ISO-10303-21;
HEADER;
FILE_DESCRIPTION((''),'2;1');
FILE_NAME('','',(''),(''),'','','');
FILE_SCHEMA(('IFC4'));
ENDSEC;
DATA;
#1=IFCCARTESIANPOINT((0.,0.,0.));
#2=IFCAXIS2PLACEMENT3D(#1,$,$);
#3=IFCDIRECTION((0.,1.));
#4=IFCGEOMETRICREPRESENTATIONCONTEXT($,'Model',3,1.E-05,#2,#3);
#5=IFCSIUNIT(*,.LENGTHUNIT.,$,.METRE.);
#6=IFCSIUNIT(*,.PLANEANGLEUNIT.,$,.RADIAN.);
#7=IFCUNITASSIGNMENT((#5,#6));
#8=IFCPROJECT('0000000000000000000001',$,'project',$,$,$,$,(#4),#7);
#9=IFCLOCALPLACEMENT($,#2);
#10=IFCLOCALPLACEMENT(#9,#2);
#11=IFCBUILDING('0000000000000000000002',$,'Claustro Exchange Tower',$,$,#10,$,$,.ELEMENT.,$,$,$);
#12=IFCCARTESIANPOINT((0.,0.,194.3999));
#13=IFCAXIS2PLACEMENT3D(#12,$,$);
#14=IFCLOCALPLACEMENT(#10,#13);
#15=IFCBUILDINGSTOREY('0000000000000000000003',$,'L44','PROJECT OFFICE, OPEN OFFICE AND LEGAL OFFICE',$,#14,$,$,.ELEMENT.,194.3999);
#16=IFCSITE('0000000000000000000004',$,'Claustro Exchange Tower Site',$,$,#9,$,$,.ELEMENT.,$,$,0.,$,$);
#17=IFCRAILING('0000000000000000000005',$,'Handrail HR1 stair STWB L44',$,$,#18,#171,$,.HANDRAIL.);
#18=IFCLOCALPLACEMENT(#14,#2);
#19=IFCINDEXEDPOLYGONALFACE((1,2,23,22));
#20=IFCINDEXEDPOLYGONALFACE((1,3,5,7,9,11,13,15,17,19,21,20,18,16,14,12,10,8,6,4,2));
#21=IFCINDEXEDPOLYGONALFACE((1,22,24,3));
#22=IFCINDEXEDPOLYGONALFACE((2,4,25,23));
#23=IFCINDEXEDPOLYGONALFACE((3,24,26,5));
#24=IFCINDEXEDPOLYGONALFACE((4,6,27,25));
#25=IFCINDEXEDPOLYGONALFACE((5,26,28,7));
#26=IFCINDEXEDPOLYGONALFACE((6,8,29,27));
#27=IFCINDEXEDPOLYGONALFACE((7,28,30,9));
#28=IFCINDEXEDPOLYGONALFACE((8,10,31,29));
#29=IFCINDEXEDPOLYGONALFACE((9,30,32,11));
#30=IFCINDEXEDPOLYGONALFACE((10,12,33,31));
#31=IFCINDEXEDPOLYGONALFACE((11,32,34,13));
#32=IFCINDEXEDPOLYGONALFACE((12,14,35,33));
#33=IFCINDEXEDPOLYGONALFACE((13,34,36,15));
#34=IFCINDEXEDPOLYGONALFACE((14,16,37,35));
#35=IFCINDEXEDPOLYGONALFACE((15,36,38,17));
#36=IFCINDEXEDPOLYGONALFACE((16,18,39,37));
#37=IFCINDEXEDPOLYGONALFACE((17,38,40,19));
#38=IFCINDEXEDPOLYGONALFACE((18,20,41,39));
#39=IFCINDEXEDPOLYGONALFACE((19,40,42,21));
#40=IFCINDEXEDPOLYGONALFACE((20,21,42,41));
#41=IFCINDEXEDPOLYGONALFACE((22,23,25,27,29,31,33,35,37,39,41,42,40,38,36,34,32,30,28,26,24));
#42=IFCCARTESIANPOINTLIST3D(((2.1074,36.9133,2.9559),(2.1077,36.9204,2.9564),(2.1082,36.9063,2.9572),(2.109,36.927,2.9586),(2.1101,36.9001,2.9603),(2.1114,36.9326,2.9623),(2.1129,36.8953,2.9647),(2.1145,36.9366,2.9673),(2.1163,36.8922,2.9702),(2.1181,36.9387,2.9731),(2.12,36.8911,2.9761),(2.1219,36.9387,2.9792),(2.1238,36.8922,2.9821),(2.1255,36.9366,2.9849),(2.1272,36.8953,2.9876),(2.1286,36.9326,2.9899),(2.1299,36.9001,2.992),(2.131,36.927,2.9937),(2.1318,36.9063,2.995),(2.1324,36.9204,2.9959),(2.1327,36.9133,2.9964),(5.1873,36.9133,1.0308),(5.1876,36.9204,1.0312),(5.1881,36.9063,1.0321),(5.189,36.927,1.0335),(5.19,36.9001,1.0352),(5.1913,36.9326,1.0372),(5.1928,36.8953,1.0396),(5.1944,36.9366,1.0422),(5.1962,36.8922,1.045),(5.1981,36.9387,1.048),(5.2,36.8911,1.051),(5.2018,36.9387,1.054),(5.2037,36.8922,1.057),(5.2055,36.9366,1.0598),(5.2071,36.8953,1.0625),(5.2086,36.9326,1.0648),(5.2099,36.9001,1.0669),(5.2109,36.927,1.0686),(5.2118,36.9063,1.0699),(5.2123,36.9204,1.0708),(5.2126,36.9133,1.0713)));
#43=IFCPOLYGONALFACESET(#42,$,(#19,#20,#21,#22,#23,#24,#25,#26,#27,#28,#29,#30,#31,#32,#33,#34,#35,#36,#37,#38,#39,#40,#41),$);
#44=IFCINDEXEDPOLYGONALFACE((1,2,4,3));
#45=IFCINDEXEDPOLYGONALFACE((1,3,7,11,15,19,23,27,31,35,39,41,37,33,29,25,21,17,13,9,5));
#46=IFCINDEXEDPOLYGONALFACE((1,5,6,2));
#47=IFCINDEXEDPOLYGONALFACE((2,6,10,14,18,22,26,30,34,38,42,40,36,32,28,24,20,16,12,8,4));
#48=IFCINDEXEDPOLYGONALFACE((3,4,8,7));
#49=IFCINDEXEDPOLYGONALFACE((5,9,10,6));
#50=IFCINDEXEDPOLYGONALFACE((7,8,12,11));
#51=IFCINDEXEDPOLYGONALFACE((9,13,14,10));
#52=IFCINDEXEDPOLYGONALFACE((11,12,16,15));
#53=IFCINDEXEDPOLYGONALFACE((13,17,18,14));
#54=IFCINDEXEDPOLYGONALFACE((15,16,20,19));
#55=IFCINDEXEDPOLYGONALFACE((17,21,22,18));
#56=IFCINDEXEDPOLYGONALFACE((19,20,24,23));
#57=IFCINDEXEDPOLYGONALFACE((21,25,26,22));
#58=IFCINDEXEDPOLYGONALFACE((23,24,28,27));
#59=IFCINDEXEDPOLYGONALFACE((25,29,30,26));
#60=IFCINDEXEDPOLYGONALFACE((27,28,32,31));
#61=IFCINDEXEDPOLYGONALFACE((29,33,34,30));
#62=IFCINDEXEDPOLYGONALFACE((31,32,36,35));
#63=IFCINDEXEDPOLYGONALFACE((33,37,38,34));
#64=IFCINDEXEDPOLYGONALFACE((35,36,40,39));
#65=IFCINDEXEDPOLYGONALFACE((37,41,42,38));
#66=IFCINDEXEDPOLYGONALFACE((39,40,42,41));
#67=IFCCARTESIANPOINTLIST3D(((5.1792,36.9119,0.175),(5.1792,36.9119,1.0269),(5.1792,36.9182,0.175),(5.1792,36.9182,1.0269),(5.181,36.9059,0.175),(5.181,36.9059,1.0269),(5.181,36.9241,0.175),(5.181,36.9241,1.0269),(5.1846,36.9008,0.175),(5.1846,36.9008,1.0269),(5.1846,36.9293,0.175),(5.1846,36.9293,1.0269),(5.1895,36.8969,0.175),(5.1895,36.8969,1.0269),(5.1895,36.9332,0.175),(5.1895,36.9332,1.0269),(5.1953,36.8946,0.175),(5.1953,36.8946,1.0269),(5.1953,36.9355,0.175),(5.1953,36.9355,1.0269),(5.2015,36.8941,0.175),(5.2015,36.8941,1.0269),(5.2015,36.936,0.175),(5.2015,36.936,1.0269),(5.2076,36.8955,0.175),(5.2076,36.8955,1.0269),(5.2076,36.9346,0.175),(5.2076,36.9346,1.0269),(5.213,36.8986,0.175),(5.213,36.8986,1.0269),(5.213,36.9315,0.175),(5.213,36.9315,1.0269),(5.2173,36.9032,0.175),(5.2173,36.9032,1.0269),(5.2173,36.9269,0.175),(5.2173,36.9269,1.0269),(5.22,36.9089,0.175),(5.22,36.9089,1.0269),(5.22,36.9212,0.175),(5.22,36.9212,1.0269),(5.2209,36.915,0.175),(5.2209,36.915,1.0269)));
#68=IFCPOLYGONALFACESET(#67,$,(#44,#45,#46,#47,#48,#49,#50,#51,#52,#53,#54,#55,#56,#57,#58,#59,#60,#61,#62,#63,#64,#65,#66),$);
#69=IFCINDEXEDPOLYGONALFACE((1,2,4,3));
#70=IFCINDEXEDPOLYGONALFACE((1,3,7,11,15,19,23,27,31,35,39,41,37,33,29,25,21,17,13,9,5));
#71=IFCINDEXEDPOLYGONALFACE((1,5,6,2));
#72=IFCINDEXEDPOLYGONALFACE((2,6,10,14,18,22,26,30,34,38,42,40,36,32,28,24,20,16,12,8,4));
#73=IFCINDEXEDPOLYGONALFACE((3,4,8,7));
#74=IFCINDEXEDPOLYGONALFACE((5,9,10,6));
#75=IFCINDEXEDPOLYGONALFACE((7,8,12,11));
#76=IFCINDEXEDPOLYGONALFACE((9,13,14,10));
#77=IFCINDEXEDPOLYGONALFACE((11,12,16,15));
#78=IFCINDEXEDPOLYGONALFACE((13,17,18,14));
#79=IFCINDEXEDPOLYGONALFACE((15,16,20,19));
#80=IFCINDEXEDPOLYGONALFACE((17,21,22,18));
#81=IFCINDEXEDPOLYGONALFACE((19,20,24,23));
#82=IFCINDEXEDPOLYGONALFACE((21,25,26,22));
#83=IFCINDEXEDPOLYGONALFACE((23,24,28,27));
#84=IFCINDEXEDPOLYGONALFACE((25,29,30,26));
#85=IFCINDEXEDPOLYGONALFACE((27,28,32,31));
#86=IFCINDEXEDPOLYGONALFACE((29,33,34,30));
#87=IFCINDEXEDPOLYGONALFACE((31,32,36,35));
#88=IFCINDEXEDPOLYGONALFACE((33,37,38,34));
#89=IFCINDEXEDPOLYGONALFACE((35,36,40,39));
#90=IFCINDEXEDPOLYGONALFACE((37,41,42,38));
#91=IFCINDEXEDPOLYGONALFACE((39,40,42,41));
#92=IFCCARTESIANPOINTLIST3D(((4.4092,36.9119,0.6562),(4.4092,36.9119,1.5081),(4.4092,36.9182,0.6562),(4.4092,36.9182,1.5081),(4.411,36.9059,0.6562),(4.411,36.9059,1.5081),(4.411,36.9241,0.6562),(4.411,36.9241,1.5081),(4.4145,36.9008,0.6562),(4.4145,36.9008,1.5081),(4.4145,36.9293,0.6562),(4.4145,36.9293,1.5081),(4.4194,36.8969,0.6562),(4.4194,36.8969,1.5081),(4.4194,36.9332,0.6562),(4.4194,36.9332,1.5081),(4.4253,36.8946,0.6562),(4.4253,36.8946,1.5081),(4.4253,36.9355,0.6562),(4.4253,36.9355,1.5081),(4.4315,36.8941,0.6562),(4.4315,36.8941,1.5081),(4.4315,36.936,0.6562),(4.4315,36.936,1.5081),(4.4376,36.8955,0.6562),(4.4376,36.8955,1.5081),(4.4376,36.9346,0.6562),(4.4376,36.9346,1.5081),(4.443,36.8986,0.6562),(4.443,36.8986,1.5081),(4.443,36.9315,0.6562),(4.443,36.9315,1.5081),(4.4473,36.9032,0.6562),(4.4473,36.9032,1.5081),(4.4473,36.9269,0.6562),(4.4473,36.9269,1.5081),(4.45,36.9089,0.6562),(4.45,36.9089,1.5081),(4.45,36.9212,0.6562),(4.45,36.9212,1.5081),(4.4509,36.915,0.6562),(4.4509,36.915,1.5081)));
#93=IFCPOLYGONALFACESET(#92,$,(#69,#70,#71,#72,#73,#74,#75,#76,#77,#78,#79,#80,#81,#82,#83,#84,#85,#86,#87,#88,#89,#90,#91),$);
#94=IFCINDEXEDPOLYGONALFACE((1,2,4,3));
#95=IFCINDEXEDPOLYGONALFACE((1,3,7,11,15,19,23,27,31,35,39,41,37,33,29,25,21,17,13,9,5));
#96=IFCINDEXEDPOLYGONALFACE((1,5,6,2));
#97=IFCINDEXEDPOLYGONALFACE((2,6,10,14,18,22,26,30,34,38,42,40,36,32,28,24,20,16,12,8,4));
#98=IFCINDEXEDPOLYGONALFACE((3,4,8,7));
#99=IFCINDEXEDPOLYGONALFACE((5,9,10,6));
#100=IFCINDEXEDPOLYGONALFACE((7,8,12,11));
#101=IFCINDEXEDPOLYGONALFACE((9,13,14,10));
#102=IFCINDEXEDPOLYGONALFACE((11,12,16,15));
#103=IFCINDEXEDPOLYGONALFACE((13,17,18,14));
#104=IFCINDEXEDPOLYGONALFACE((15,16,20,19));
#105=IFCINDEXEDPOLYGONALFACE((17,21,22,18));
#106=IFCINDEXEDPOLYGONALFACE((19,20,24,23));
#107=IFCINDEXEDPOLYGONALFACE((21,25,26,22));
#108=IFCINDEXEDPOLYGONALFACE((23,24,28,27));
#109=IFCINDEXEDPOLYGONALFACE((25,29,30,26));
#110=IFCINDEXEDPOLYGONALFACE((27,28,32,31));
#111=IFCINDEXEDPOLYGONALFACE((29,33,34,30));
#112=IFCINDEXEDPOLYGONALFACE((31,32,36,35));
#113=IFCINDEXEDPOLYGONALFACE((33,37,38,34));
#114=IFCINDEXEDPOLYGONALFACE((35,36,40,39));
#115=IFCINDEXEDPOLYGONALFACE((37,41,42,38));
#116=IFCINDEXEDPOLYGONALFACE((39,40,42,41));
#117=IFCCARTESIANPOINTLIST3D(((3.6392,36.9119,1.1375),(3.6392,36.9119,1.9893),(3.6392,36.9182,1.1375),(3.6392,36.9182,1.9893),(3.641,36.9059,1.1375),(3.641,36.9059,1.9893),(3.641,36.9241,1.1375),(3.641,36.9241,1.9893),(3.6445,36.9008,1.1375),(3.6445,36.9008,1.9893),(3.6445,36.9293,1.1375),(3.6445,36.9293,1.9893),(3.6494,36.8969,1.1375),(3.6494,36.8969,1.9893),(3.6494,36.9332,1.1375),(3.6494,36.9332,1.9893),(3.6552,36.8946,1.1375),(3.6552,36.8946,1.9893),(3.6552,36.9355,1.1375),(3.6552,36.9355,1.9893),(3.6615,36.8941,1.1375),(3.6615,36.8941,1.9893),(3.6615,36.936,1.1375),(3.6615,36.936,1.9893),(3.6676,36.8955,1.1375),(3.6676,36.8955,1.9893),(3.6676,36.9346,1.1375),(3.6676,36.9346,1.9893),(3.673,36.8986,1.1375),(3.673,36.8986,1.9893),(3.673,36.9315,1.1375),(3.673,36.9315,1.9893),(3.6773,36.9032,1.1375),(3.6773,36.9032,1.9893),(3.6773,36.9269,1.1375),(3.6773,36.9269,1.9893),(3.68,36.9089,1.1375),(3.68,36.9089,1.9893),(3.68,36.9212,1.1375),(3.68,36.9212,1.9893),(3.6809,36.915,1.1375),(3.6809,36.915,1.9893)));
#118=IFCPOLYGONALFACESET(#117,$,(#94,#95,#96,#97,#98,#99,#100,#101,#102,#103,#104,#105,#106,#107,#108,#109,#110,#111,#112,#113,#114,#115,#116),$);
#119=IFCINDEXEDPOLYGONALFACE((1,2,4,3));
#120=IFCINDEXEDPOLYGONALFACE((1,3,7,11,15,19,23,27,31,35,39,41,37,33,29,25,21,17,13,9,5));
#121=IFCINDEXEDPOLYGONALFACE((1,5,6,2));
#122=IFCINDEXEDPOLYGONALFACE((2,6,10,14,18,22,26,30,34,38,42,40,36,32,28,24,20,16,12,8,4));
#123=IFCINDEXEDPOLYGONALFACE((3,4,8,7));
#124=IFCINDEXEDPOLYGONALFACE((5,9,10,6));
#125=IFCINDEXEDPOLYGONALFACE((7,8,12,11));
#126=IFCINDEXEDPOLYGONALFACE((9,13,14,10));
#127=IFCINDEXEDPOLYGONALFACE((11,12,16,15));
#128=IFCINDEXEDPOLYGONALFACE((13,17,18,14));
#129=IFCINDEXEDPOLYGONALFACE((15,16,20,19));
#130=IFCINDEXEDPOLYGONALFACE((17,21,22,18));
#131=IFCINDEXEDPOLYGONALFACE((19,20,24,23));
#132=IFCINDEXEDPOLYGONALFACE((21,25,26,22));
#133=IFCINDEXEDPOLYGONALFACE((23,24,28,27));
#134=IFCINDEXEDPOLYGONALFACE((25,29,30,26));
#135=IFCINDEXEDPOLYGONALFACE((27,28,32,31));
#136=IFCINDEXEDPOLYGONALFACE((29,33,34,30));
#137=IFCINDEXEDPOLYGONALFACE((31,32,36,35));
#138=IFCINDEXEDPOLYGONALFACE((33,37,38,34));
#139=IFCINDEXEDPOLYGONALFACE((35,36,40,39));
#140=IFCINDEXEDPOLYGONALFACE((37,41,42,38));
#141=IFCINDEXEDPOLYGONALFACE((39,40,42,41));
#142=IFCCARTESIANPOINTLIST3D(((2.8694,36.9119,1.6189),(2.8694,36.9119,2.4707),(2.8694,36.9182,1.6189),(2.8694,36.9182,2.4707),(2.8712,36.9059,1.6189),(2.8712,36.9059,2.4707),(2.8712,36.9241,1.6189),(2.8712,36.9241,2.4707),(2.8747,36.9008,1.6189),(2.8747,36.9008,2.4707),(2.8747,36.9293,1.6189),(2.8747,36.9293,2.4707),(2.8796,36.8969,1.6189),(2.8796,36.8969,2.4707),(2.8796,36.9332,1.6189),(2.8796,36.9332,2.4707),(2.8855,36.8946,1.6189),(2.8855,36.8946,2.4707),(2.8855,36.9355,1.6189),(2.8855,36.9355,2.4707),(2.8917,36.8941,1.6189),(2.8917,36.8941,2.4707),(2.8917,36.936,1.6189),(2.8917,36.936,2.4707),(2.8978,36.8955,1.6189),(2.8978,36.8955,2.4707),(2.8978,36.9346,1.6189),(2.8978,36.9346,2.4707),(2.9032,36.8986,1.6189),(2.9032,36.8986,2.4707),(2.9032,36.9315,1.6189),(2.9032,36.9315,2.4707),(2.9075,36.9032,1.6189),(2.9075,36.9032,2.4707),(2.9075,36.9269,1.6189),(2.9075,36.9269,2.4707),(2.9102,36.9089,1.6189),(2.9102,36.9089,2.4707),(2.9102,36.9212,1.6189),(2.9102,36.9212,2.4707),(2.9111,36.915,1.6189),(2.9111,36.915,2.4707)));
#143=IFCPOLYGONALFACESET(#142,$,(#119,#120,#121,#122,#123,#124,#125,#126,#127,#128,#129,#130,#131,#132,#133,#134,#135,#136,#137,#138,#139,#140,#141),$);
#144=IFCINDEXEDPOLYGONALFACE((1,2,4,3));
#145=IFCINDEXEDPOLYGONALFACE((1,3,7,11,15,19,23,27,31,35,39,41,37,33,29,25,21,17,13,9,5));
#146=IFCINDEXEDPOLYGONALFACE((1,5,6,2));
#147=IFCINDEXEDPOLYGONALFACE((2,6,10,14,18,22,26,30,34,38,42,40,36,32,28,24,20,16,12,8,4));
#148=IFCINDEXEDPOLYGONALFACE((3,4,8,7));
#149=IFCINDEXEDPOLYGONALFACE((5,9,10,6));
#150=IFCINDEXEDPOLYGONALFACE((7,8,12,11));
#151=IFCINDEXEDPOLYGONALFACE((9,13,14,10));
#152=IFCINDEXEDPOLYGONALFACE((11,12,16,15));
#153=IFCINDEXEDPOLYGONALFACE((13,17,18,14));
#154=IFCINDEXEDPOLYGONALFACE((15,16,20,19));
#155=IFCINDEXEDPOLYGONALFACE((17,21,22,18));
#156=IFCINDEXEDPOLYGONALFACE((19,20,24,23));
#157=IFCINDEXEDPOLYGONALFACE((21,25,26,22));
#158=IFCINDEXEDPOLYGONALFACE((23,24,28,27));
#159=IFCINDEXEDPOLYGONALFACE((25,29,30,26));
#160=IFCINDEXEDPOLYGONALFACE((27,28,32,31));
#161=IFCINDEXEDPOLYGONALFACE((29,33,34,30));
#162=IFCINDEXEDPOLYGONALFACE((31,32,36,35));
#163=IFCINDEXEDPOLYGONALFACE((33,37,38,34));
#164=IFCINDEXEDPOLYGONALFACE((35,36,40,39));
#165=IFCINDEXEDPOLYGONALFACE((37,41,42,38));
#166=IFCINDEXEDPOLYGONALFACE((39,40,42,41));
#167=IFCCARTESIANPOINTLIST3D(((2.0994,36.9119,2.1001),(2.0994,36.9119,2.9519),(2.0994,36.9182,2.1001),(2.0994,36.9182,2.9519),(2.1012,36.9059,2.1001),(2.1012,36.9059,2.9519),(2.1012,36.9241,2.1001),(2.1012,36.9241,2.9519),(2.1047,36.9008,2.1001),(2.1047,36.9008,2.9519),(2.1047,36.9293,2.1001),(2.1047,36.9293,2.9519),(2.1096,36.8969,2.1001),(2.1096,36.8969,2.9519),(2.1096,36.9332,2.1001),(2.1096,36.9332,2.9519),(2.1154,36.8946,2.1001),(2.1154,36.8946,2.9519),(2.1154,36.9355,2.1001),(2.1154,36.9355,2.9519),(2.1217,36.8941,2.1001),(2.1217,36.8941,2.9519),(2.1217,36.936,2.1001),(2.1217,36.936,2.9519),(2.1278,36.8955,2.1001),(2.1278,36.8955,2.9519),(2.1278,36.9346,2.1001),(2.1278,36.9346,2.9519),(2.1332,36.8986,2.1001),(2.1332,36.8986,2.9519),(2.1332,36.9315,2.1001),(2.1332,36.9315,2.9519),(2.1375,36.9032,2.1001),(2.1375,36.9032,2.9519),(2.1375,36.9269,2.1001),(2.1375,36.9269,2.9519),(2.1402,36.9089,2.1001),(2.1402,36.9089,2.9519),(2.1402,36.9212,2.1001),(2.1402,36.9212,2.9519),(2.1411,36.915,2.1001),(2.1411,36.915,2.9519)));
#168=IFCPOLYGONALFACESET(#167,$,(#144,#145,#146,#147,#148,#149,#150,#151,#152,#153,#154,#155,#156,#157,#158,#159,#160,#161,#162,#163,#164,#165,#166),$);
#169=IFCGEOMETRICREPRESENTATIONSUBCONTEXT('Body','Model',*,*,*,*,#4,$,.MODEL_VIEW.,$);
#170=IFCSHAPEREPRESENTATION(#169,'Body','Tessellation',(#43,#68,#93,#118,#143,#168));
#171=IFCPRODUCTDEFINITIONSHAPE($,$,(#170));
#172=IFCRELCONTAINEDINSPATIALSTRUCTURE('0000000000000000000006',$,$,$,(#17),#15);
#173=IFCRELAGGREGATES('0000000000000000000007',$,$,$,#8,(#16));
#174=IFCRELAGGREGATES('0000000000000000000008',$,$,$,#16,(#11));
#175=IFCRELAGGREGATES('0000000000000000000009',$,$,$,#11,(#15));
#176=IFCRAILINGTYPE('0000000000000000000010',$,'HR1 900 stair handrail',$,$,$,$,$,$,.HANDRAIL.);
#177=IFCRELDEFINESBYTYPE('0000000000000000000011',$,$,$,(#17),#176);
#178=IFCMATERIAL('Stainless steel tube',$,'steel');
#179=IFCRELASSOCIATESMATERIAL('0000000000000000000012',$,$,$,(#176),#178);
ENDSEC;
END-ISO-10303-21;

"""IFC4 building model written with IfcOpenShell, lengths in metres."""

from ifc_helpers import new_model, si_unit, direction, frame, origin, origin_2d, place, context, subcontext, project, spatial, circle, extrude, material, type_object, element, save


model = new_model("IFC4")

# Units and contexts
model_context = context("Model", 3, precision=1e-05, world=origin(), true_north=direction((0.0, 1.0)))
body_context = subcontext(model_context, "Body", "Model", "MODEL_VIEW")
ifc_project = project(units=[si_unit("LENGTHUNIT", "METRE"), si_unit("PLANEANGLEUNIT", "RADIAN")], contexts=[model_context])

# Site, building, storey
site_placement = place(None, origin())
site = spatial("IfcSite", under=ifc_project, at=site_placement, Name="Claustro Exchange Tower Site", CompositionType="ELEMENT", RefElevation=0.0)
building_placement = place(site_placement, origin())
building = spatial("IfcBuilding", under=site, at=building_placement, Name="Claustro Exchange Tower", CompositionType="ELEMENT")
storey_placement = place(building_placement, frame((0.0, 0.0, 194.3999)))
storey = spatial("IfcBuildingStorey", under=building, at=storey_placement, Name="L44", Description="PROJECT OFFICE, OPEN OFFICE AND LEGAL OFFICE", CompositionType="ELEMENT", Elevation=194.3999)

# Railing
ifc_material_1 = material(Name="Stainless steel tube", Category="steel")
railing_type_1 = type_object("IfcRailingType", Name="HR1 900 stair handrail", PredefinedType="HANDRAIL", material=ifc_material_1)
railing_1_placement = place(storey_placement, frame((5.2, 36.915, 0.175)))
element("IfcRailing", 1, at=railing_1_placement, inside=storey, type_object=railing_type_1, Name="Handrail HR1 stair STWB L44", PredefinedType="HANDRAIL", context=body_context, shape_type="SweptSolid", body=[
    extrude(circle(Radius=0.0239, at=origin_2d()), frame((0.0, 0.0, 0.876), z_axis=(-0.847979, 0.0, 0.530029), x_axis=(0.0, -1.0, 0.0)), (0.0, 0.0, 1.0), 3.6321),
    extrude(circle(Radius=0.021, at=origin_2d()), origin(), (0.0, 0.0, 1.0), 0.8518),
    extrude(circle(Radius=0.021, at=origin_2d()), frame((-0.77, 0.0, 0.4812)), (0.0, 0.0, 1.0), 0.8518),
    extrude(circle(Radius=0.021, at=origin_2d()), frame((-1.54, 0.0, 0.9624)), (0.0, 0.0, 1.0), 0.8518),
    extrude(circle(Radius=0.021, at=origin_2d()), frame((-2.3098, 0.0, 1.4438)), (0.0, 0.0, 1.0), 0.8518),
    extrude(circle(Radius=0.021, at=origin_2d()), frame((-3.0798, 0.0, 1.925)), (0.0, 0.0, 1.0), 0.8518),
])

save(model, "model.ifc")
